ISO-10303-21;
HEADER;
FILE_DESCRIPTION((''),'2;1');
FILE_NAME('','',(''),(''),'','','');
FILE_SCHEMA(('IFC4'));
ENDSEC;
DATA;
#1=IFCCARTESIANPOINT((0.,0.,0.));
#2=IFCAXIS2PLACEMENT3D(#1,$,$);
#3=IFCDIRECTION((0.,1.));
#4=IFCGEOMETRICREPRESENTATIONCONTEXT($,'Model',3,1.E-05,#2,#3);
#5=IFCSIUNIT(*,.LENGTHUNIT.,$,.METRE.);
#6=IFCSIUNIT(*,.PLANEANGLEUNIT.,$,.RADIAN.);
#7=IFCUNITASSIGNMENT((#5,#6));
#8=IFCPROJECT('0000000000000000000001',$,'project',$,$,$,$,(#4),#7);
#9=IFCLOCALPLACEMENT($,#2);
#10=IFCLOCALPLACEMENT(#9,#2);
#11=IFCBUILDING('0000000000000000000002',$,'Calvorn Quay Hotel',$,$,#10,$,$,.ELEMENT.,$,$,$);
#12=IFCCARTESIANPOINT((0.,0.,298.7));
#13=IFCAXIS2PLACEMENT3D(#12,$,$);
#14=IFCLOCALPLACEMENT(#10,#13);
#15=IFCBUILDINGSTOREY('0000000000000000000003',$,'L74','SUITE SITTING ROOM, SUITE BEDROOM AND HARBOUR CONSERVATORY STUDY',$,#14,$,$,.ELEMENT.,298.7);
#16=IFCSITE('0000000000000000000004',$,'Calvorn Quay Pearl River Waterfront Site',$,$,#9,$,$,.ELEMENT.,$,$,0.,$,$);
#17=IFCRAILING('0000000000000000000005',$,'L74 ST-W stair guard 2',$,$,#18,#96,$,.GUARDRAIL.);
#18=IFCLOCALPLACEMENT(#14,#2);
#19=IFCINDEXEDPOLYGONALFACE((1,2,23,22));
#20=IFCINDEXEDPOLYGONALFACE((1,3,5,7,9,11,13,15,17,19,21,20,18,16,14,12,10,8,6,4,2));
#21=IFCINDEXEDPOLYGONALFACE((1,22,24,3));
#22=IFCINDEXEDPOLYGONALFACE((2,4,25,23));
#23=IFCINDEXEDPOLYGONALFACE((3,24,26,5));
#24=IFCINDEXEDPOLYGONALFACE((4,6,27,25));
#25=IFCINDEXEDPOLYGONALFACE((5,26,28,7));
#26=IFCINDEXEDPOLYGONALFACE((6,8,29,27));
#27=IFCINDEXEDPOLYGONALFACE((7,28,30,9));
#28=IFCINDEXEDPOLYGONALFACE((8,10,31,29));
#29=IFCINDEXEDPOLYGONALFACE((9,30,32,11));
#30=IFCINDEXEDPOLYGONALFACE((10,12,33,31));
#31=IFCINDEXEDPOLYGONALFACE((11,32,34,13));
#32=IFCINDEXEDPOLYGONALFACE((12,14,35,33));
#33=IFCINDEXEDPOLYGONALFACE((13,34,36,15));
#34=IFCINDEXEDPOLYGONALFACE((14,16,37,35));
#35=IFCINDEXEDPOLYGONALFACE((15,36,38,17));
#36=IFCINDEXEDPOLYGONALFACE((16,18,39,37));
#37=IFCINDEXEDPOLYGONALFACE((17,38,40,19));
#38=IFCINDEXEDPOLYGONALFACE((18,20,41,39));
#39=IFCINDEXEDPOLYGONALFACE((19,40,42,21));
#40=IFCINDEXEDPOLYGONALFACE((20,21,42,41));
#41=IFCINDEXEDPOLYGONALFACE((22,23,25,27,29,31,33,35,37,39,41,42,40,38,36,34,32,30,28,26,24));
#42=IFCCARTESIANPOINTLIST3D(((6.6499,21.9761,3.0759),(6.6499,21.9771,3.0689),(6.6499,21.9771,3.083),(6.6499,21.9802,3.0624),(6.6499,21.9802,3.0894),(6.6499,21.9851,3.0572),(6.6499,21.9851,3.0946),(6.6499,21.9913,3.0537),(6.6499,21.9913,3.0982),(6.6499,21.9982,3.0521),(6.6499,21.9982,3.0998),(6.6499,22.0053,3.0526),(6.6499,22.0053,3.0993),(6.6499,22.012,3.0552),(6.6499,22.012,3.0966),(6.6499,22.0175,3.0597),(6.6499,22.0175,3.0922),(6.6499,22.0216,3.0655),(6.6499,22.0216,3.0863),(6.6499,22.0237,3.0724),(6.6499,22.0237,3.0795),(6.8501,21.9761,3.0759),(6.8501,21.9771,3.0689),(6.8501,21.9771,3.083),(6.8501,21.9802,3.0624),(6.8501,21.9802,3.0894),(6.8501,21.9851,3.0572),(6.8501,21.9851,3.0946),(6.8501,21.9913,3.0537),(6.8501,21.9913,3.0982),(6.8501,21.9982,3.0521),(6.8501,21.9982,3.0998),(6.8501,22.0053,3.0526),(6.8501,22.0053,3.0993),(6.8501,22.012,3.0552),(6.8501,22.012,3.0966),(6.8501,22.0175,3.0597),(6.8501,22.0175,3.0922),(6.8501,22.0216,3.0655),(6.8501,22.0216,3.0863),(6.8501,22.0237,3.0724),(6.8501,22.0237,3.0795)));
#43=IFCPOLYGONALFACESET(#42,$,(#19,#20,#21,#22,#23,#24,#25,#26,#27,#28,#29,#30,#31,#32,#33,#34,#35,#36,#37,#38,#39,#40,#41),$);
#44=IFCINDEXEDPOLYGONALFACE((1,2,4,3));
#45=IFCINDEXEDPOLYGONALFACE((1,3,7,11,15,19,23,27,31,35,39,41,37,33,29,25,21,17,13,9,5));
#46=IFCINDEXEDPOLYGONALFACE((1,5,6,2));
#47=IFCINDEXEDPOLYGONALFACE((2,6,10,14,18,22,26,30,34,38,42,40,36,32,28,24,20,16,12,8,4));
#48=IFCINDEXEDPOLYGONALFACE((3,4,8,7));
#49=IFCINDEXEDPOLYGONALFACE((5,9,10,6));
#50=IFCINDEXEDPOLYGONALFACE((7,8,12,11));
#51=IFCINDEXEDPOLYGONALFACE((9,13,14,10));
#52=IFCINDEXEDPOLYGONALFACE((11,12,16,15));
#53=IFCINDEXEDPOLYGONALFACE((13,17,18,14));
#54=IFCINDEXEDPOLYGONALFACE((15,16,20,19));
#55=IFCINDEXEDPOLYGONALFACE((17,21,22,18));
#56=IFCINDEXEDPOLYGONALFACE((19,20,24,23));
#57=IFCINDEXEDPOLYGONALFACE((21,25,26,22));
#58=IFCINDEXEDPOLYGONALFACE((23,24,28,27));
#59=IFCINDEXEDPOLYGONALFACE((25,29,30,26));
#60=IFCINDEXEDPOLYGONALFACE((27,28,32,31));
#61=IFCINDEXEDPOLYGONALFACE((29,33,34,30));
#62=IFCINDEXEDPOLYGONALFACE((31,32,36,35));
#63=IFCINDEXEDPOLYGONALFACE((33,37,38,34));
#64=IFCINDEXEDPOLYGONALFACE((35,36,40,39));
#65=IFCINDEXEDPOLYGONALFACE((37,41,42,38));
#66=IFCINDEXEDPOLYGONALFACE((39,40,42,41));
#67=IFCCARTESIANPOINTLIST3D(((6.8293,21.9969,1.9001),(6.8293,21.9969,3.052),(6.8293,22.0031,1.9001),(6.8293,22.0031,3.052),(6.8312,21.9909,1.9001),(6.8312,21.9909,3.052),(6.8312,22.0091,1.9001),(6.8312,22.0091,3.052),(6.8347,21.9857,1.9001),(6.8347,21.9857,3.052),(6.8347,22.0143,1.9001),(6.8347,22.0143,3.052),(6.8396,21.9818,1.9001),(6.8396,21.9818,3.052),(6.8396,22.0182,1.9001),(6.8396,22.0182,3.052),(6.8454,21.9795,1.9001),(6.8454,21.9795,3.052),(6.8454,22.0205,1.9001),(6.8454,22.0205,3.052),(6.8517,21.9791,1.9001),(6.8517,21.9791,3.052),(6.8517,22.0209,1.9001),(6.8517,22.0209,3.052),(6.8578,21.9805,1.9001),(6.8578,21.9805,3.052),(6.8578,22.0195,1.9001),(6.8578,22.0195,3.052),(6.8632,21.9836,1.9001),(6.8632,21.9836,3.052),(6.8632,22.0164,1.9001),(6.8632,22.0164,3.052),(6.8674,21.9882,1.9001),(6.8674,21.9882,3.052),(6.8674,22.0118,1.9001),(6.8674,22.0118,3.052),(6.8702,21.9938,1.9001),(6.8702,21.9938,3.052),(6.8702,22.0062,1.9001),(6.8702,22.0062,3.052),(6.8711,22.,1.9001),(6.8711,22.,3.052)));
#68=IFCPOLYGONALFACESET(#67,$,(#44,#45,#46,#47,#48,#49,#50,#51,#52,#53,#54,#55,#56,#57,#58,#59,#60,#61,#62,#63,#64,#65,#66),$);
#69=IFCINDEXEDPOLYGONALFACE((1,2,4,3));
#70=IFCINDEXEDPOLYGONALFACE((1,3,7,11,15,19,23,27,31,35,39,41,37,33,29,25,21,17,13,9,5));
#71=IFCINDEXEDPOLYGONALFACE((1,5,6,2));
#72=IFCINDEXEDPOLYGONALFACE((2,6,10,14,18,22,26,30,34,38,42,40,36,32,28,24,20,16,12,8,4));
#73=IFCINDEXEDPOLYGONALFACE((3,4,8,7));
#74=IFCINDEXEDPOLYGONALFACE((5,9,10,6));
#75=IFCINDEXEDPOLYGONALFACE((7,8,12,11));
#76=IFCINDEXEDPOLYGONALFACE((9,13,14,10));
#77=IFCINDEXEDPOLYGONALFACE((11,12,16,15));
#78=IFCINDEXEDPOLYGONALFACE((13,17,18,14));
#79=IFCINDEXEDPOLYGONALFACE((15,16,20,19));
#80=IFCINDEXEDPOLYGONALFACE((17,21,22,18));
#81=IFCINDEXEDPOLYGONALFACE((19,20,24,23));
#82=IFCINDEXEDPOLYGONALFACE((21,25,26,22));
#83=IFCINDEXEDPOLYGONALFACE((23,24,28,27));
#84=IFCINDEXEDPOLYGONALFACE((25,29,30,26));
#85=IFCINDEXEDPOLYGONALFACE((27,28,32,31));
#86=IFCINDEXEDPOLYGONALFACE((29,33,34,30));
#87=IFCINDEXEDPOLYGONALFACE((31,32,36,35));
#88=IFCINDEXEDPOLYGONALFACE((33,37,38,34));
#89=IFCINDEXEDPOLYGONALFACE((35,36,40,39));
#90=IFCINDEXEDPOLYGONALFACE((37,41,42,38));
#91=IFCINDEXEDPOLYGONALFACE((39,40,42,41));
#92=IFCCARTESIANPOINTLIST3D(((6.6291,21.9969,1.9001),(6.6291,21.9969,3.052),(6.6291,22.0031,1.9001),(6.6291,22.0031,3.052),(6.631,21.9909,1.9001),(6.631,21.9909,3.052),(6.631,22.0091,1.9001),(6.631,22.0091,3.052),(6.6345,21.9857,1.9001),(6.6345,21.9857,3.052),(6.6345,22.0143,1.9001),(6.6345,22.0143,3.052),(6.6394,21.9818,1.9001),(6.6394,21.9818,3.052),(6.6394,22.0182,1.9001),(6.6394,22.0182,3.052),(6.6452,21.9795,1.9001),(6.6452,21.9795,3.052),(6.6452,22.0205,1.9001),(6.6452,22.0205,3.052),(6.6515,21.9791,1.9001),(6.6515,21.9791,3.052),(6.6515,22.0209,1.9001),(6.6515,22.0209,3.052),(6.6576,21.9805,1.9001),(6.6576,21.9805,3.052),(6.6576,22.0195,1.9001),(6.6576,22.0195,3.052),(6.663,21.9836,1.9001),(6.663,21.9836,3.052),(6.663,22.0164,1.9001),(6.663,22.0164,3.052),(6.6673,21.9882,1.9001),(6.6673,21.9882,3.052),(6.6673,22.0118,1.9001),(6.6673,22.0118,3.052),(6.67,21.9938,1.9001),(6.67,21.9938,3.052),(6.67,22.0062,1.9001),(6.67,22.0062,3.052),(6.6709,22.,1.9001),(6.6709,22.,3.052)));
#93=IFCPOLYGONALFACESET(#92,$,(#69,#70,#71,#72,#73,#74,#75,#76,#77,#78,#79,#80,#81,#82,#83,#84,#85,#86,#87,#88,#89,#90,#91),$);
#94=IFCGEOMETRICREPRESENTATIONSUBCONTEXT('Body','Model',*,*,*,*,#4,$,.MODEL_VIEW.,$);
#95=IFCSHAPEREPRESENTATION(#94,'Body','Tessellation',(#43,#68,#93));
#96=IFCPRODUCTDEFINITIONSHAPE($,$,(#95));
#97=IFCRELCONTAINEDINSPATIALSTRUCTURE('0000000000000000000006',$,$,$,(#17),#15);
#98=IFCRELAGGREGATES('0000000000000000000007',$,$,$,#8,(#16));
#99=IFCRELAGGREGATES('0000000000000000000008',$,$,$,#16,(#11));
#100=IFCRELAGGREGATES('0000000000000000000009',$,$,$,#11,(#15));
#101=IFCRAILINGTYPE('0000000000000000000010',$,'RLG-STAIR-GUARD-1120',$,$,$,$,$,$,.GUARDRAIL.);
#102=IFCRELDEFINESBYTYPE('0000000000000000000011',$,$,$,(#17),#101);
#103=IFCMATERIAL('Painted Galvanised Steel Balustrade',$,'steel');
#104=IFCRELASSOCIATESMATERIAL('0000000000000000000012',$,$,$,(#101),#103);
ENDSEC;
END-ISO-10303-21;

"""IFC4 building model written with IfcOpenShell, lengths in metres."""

from ifc_helpers import new_model, si_unit, direction, frame, origin, origin_2d, place, context, subcontext, project, spatial, circle, extrude, material, type_object, element, save


model = new_model("IFC4")

# Units and contexts
model_context = context("Model", 3, precision=1e-05, world=origin(), true_north=direction((0.0, 1.0)))
body_context = subcontext(model_context, "Body", "Model", "MODEL_VIEW")
ifc_project = project(units=[si_unit("LENGTHUNIT", "METRE"), si_unit("PLANEANGLEUNIT", "RADIAN")], contexts=[model_context])

# Site, building, storey
site_placement = place(None, origin())
site = spatial("IfcSite", under=ifc_project, at=site_placement, Name="Calvorn Quay Pearl River Waterfront Site", CompositionType="ELEMENT", RefElevation=0.0)
building_placement = place(site_placement, origin())
building = spatial("IfcBuilding", under=site, at=building_placement, Name="Calvorn Quay Hotel", CompositionType="ELEMENT")
storey_placement = place(building_placement, frame((0.0, 0.0, 298.7)))
storey = spatial("IfcBuildingStorey", under=building, at=storey_placement, Name="L74", Description="SUITE SITTING ROOM, SUITE BEDROOM AND HARBOUR CONSERVATORY STUDY", CompositionType="ELEMENT", Elevation=298.7)

# Railing
ifc_material_1 = material(Name="Painted Galvanised Steel Balustrade", Category="steel")
railing_type_1 = type_object("IfcRailingType", Name="RLG-STAIR-GUARD-1120", PredefinedType="GUARDRAIL", material=ifc_material_1)
railing_1_placement = place(storey_placement, frame((6.8501, 22.0, 1.9001)))
element("IfcRailing", 1, at=railing_1_placement, inside=storey, type_object=railing_type_1, Name="L74 ST-W stair guard 2", PredefinedType="GUARDRAIL", context=body_context, shape_type="SweptSolid", body=[
    extrude(circle(Radius=0.0239, at=origin_2d()), frame((0.0, 0.0, 1.1758), z_axis=(-1.0, 0.0, 0.0), x_axis=(0.0, -1.0, 0.0)), (0.0, 0.0, 1.0), 0.2002),
    extrude(circle(Radius=0.021, at=origin_2d()), origin(), (0.0, 0.0, 1.0), 1.1519),
    extrude(circle(Radius=0.021, at=origin_2d()), frame((-0.2002, 0.0, 0.0)), (0.0, 0.0, 1.0), 1.1519),
])

save(model, "model.ifc")
